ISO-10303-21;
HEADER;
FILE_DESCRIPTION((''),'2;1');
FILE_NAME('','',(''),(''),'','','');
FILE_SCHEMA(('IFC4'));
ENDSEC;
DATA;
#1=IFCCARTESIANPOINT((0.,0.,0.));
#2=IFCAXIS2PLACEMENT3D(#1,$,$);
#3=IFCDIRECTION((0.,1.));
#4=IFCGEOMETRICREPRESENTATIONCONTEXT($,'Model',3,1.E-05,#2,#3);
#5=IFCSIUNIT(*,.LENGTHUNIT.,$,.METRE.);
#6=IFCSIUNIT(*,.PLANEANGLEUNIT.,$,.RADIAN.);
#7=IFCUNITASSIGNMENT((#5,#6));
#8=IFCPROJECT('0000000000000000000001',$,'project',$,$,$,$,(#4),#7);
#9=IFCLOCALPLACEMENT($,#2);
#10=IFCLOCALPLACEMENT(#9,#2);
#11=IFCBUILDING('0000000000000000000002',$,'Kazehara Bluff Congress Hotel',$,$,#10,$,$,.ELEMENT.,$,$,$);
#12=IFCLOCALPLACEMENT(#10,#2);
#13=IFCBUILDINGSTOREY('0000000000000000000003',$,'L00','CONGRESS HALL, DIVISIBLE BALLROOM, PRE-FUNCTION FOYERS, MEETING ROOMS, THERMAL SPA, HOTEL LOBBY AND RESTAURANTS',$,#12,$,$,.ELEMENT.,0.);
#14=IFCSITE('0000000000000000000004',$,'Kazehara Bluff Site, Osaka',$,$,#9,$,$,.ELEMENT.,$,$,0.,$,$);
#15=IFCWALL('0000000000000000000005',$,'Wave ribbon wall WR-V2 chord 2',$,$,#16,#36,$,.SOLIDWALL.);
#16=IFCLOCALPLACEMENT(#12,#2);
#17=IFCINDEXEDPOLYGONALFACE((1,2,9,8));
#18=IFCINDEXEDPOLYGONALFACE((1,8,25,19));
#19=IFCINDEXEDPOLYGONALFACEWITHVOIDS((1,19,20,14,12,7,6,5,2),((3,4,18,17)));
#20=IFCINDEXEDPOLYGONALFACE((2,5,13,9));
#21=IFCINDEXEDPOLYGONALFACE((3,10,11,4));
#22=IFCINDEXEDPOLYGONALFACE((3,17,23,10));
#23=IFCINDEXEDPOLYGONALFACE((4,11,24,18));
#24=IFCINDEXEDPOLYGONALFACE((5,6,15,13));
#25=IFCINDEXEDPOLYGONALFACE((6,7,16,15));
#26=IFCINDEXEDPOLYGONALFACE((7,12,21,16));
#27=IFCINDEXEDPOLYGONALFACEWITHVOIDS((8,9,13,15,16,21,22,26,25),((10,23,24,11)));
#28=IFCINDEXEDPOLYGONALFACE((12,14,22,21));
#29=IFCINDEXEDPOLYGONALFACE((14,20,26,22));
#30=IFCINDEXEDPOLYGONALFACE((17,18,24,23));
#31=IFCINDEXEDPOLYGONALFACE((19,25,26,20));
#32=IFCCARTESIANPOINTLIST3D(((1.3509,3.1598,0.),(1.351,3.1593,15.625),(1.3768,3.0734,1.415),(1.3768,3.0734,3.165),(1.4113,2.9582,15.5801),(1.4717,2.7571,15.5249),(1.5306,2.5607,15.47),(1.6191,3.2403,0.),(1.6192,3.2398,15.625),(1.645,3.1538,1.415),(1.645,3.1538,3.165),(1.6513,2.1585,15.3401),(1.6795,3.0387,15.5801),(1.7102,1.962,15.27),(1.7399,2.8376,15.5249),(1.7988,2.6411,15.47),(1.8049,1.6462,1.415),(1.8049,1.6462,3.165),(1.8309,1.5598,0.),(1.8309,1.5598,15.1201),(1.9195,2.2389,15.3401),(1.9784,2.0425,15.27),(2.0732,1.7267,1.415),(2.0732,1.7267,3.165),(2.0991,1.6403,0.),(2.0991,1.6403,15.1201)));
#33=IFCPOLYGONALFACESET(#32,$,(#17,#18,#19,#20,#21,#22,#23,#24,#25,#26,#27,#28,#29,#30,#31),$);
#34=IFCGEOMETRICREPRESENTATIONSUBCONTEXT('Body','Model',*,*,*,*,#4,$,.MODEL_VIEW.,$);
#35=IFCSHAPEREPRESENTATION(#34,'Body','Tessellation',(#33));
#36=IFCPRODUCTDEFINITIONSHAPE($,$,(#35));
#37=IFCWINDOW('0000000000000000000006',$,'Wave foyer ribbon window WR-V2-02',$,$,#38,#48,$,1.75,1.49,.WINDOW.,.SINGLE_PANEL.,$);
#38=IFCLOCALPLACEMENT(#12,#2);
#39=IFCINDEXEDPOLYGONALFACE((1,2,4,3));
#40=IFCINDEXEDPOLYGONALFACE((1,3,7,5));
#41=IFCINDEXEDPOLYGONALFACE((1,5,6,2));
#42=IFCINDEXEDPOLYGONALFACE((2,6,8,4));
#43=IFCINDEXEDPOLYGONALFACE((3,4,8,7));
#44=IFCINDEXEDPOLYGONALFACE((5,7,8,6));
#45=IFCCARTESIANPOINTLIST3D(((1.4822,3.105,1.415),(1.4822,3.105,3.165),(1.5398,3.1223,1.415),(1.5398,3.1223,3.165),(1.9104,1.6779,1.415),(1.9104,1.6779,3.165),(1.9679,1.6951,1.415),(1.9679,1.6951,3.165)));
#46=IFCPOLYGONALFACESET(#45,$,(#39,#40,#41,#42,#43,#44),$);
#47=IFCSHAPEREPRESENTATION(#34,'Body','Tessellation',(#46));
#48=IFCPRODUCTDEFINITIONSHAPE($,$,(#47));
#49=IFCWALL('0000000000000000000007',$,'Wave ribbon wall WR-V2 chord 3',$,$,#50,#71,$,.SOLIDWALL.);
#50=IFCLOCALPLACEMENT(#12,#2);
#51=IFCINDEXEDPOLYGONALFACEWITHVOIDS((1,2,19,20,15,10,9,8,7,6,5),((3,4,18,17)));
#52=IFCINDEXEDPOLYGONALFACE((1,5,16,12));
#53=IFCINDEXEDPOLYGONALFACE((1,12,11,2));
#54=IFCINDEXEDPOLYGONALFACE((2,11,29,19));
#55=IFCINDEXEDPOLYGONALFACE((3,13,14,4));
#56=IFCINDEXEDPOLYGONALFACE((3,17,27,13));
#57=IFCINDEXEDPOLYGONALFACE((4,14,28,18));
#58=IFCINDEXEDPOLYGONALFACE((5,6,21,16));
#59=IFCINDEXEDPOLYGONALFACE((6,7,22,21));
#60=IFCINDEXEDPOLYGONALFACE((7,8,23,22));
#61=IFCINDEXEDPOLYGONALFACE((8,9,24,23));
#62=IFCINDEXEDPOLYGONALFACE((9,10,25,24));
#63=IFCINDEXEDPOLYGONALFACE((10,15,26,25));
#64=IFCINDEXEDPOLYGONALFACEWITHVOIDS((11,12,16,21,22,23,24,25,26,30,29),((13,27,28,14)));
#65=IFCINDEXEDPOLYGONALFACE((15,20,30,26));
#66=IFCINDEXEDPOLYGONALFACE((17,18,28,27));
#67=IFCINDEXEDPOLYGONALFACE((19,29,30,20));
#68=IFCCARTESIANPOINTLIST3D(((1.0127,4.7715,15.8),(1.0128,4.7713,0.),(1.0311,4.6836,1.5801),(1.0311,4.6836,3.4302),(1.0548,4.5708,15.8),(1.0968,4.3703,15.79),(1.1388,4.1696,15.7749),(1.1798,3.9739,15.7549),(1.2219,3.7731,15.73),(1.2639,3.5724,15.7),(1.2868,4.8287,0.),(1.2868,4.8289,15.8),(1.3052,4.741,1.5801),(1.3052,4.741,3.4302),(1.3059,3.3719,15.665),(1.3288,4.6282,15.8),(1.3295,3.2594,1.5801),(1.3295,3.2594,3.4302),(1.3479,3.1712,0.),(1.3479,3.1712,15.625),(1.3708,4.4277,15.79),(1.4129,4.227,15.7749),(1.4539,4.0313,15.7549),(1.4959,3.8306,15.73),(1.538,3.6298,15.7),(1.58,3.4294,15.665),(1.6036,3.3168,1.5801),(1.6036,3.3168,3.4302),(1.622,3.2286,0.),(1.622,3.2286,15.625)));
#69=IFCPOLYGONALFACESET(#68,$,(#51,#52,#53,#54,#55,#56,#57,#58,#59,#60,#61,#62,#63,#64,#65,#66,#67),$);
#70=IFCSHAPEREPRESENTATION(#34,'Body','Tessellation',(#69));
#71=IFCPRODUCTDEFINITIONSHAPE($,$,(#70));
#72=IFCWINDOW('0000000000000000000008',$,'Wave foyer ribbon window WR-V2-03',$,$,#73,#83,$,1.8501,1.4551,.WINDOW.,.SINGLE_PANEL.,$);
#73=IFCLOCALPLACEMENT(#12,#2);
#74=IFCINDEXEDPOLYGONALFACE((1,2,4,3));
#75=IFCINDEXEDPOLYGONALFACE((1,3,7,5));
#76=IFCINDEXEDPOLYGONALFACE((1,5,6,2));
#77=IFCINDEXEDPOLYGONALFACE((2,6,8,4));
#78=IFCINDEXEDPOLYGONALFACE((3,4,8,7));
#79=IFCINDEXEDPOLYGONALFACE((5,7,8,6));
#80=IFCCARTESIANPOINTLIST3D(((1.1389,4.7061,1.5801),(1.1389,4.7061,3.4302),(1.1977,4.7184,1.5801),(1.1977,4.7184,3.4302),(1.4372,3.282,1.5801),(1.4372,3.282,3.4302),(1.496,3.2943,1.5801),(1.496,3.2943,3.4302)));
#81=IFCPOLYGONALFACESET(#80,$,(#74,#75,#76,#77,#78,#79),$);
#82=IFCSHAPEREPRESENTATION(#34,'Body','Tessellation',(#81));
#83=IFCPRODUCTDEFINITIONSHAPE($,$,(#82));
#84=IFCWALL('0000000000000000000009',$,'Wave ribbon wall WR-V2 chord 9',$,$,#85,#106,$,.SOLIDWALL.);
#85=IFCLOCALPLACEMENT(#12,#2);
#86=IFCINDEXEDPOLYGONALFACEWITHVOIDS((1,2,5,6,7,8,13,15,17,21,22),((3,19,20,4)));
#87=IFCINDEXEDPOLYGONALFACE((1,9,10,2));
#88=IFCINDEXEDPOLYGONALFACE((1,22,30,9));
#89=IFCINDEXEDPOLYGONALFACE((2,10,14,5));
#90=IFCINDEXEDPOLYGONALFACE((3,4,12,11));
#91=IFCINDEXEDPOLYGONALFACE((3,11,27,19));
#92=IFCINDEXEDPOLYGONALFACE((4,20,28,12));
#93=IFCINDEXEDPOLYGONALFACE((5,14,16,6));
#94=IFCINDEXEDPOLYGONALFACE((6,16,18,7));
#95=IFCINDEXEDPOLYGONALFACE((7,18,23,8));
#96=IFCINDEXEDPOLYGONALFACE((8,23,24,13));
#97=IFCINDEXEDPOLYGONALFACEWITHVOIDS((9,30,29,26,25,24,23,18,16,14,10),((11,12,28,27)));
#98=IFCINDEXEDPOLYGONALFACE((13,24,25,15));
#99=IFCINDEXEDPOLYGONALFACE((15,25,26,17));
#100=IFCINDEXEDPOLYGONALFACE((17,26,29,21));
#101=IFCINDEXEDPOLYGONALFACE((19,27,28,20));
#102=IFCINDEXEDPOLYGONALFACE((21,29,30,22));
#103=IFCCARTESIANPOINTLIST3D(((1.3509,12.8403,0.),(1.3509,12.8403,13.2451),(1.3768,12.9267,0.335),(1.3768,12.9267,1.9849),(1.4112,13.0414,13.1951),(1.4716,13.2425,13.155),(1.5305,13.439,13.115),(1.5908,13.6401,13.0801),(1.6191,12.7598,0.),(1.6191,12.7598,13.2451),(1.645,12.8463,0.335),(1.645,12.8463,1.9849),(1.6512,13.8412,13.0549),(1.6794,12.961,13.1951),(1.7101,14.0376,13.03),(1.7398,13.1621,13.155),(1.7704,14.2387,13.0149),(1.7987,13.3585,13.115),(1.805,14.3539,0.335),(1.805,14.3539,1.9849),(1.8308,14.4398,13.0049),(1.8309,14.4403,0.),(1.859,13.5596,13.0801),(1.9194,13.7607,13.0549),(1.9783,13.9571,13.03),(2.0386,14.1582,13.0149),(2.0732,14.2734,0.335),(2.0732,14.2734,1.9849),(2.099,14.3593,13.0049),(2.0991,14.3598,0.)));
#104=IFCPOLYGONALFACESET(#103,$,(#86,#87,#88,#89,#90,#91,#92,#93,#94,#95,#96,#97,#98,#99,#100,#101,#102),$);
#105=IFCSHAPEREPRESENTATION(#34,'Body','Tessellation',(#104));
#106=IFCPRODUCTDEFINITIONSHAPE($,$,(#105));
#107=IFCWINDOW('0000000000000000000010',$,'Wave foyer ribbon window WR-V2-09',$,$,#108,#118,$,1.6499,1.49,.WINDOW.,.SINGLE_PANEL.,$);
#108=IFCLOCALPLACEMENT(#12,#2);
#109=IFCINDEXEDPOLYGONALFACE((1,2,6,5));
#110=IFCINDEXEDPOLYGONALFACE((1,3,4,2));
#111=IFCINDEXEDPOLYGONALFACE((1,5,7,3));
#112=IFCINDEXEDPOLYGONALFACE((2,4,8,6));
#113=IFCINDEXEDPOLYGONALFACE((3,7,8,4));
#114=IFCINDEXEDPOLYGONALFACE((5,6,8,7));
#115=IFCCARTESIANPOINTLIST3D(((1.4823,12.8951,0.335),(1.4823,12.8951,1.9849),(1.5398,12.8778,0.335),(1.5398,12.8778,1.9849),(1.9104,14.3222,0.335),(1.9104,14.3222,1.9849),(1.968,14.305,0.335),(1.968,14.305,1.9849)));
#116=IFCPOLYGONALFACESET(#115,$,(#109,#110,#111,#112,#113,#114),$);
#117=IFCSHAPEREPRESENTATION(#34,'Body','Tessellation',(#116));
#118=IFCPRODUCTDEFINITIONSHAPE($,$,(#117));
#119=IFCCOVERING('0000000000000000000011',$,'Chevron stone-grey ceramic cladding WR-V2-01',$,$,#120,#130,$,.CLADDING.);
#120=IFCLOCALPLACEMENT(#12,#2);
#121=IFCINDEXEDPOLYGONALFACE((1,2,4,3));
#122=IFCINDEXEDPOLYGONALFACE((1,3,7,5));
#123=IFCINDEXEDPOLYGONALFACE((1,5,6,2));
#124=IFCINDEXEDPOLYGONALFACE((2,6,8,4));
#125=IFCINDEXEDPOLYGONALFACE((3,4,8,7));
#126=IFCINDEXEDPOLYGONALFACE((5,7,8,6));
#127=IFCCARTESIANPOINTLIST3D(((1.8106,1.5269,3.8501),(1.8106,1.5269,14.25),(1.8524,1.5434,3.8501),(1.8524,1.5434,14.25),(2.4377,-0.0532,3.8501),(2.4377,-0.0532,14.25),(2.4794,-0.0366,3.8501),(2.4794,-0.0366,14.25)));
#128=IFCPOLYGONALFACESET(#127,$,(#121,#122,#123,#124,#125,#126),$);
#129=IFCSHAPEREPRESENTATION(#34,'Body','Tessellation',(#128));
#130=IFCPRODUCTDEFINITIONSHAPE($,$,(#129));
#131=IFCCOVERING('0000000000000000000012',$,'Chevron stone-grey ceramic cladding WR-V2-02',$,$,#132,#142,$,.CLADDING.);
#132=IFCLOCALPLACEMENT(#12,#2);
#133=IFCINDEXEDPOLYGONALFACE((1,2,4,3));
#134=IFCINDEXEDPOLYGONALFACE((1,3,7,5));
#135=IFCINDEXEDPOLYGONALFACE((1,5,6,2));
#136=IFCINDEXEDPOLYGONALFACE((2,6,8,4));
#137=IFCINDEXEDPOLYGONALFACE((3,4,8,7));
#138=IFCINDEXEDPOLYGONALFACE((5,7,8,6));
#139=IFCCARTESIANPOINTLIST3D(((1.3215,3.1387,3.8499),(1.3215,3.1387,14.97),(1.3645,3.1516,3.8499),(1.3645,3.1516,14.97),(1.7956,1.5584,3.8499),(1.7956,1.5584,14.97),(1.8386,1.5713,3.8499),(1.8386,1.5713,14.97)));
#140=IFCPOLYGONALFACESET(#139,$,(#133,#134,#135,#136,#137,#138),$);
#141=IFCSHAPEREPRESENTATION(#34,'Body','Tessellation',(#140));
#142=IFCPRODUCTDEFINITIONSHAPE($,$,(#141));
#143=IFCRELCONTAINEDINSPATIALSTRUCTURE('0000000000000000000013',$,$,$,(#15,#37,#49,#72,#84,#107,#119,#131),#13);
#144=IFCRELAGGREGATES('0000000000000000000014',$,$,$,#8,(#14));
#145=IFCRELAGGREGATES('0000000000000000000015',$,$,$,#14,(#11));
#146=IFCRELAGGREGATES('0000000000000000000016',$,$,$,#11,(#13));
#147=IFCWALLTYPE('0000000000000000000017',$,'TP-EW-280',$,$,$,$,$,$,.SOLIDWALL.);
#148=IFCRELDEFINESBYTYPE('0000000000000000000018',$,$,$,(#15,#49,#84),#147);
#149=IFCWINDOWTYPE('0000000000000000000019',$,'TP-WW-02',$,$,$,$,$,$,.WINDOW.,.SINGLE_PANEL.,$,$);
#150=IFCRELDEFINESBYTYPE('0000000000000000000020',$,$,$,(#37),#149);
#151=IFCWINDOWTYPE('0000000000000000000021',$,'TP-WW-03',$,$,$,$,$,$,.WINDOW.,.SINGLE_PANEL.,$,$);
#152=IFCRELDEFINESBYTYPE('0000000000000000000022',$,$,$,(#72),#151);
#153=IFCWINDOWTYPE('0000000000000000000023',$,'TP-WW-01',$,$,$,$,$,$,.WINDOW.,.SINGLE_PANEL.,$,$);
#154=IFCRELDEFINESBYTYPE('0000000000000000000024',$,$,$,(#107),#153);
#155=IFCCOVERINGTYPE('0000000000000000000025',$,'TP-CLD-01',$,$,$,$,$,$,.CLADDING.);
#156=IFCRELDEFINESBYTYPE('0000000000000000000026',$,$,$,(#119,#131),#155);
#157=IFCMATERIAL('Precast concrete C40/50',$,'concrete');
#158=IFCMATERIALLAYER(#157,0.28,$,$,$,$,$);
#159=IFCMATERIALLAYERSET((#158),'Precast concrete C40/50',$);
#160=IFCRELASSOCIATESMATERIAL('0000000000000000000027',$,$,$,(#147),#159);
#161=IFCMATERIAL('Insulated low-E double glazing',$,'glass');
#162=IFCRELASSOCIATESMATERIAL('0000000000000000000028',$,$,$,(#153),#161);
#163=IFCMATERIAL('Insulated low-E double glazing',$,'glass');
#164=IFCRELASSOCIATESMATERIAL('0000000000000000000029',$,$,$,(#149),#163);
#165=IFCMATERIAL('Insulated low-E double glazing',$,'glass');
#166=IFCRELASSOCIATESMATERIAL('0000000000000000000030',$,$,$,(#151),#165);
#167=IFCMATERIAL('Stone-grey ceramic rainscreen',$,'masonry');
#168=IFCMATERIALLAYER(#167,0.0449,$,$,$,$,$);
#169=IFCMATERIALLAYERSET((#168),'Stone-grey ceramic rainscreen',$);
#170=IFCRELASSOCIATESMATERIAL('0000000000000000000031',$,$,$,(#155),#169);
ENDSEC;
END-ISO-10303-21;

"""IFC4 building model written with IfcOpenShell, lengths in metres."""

from ifc_helpers import new_model, si_unit, direction, frame, frame_2d, origin, origin_2d, place, context, subcontext, project, spatial, polyline, rectangle, outline, extrude, material, layer, layer_set, type_object, element, fill, save


model = new_model("IFC4")

# Units and contexts
model_context = context("Model", 3, precision=1e-05, world=origin(), true_north=direction((0.0, 1.0)))
body_context = subcontext(model_context, "Body", "Model", "MODEL_VIEW")
ifc_project = project(units=[si_unit("LENGTHUNIT", "METRE"), si_unit("PLANEANGLEUNIT", "RADIAN")], contexts=[model_context])

# Site, building, storey
site_placement = place(None, origin())
site = spatial("IfcSite", under=ifc_project, at=site_placement, Name="Kazehara Bluff Site, Osaka", CompositionType="ELEMENT", RefElevation=0.0)
building_placement = place(site_placement, origin())
building = spatial("IfcBuilding", under=site, at=building_placement, Name="Kazehara Bluff Congress Hotel", CompositionType="ELEMENT")
storey_placement = place(building_placement, origin())
storey = spatial("IfcBuildingStorey", under=building, at=storey_placement, Name="L00", Description="CONGRESS HALL, DIVISIBLE BALLROOM, PRE-FUNCTION FOYERS, MEETING ROOMS, THERMAL SPA, HOTEL LOBBY AND RESTAURANTS", CompositionType="ELEMENT", Elevation=0.0)

# Walls, openings, windows
ifc_material_1 = material(Name="Precast concrete C40/50", Category="concrete")
ifc_layer_1 = layer(ifc_material_1, 0.28)
ifc_layer_set_1 = layer_set([ifc_layer_1], Name="Precast concrete C40/50")
wall_type_1 = type_object("IfcWallType", Name="TP-EW-280", PredefinedType="SOLIDWALL", material=ifc_layer_set_1)
ifc_material_2 = material(Name="Insulated low-E double glazing", Category="glass")
window_type_1 = type_object("IfcWindowType", Name="TP-WW-01", PartitioningType="SINGLE_PANEL", PredefinedType="WINDOW", material=ifc_material_2)
wall_1_placement = place(storey_placement, frame((1.9651, 1.6001, 0.0), z_axis=(0.0, 0.0, 1.0), x_axis=(-0.287361, 0.957822, 0.0)))
wall_1 = element("IfcWall", 1, at=wall_1_placement, inside=storey, type_object=wall_type_1, Name="Wave ribbon wall WR-V2 chord 2", PredefinedType="SOLIDWALL", context=body_context, shape_type="SweptSolid", body=[
    extrude(outline(polyline([(0.0, 0.0), (1.6704, 0.0), (1.6699, 15.625), (1.46, 15.5801), (1.25, 15.5249), (1.0449, 15.47), (0.835, 15.405), (0.625, 15.3401), (0.4199, 15.27), (0.21, 15.1951), (0.0, 15.1201), (0.0, 0.0)])), frame((0.0, 0.1401, 0.0), z_axis=(0.0, -1.0, 0.0), x_axis=(1.0, 0.0, 0.0)), (0.0, 0.0, 1.0), 0.28),
])
opening_1_placement = place(wall_1_placement, frame((0.0901, 0.0, 1.415)))
opening_1 = element("IfcOpeningElement", 2, at=opening_1_placement, cuts=wall_1, PredefinedType="OPENING", context=body_context, shape_type="SweptSolid", body=[
    extrude(rectangle(XDim=1.49, YDim=1.75, at=frame_2d((0.7451, 0.875))), frame((0.0, 0.1499, 0.0), z_axis=(0.0, -1.0, 0.0), x_axis=(1.0, 0.0, 0.0)), (0.0, 0.0, 1.0), 0.3),
])
ifc_material_3 = material(Name="Insulated low-E double glazing", Category="glass")
window_type_2 = type_object("IfcWindowType", Name="TP-WW-02", PartitioningType="SINGLE_PANEL", PredefinedType="WINDOW", material=ifc_material_3)
window_1_placement = place(opening_1_placement, origin())
window_1 = element("IfcWindow", 3, at=window_1_placement, inside=storey, type_object=window_type_2, Name="Wave foyer ribbon window WR-V2-02", OverallHeight=1.75, OverallWidth=1.49, PartitioningType="SINGLE_PANEL", PredefinedType="WINDOW", context=body_context, shape_type="SweptSolid", body=[
    extrude(rectangle(XDim=1.49, YDim=1.75, at=frame_2d((0.7451, 0.875))), frame((0.0, 0.03, 0.0), z_axis=(0.0, -1.0, 0.0), x_axis=(1.0, 0.0, 0.0)), (0.0, 0.0, 1.0), 0.0601),
])
fill(opening_1, window_1)
wall_2_placement = place(storey_placement, frame((1.4851, 3.2, 0.0), z_axis=(0.0, 0.0, 1.0), x_axis=(-0.205039, 0.978754, 0.0)))
wall_2 = element("IfcWall", 4, at=wall_2_placement, inside=storey, type_object=wall_type_1, Name="Wave ribbon wall WR-V2 chord 3", PredefinedType="SOLIDWALL", context=body_context, shape_type="SweptSolid", body=[
    extrude(outline(polyline([(0.0, 0.0), (1.6348, 0.0), (1.635, 15.8), (1.4299, 15.8), (1.2251, 15.79), (1.02, 15.7749), (0.8201, 15.7549), (0.615, 15.73), (0.4099, 15.7), (0.2051, 15.665), (0.0, 15.625), (0.0, 0.0)])), frame((0.0, 0.1401, 0.0), z_axis=(0.0, -1.0, 0.0), x_axis=(1.0, 0.0, 0.0)), (0.0, 0.0, 1.0), 0.28),
])
opening_2_placement = place(wall_2_placement, frame((0.0901, 0.0, 1.5801)))
opening_2 = element("IfcOpeningElement", 5, at=opening_2_placement, cuts=wall_2, PredefinedType="OPENING", context=body_context, shape_type="SweptSolid", body=[
    extrude(rectangle(XDim=1.4551, YDim=1.8501, at=frame_2d((0.7275, 0.925))), frame((0.0, 0.1499, 0.0), z_axis=(0.0, -1.0, 0.0), x_axis=(1.0, 0.0, 0.0)), (0.0, 0.0, 1.0), 0.3),
])
ifc_material_4 = material(Name="Insulated low-E double glazing", Category="glass")
window_type_3 = type_object("IfcWindowType", Name="TP-WW-03", PartitioningType="SINGLE_PANEL", PredefinedType="WINDOW", material=ifc_material_4)
window_2_placement = place(opening_2_placement, origin())
window_2 = element("IfcWindow", 6, at=window_2_placement, inside=storey, type_object=window_type_3, Name="Wave foyer ribbon window WR-V2-03", OverallHeight=1.8501, OverallWidth=1.4551, PartitioningType="SINGLE_PANEL", PredefinedType="WINDOW", context=body_context, shape_type="SweptSolid", body=[
    extrude(rectangle(XDim=1.4551, YDim=1.8501, at=frame_2d((0.7275, 0.925))), frame((0.0, 0.03, 0.0), z_axis=(0.0, -1.0, 0.0), x_axis=(1.0, 0.0, 0.0)), (0.0, 0.0, 1.0), 0.0601),
])
fill(opening_2, window_2)
wall_3_placement = place(storey_placement, frame((1.4851, 12.8, 0.0), z_axis=(0.0, 0.0, 1.0), x_axis=(0.287361, 0.957822, 0.0)))
wall_3 = element("IfcWall", 7, at=wall_3_placement, inside=storey, type_object=wall_type_1, Name="Wave ribbon wall WR-V2 chord 9", PredefinedType="SOLIDWALL", context=body_context, shape_type="SweptSolid", body=[
    extrude(outline(polyline([(0.0, 0.0), (1.6704, 0.0), (1.6699, 13.0049), (1.46, 13.0149), (1.25, 13.03), (1.0449, 13.0549), (0.835, 13.0801), (0.625, 13.115), (0.4199, 13.155), (0.21, 13.1951), (0.0, 13.2451), (0.0, 0.0)])), frame((0.0, 0.1401, 0.0), z_axis=(0.0, -1.0, 0.0), x_axis=(1.0, 0.0, 0.0)), (0.0, 0.0, 1.0), 0.28),
])
opening_3_placement = place(wall_3_placement, frame((0.0901, 0.0, 0.335)))
opening_3 = element("IfcOpeningElement", 8, at=opening_3_placement, cuts=wall_3, PredefinedType="OPENING", context=body_context, shape_type="SweptSolid", body=[
    extrude(rectangle(XDim=1.49, YDim=1.6499, at=frame_2d((0.7451, 0.825))), frame((0.0, 0.1499, 0.0), z_axis=(0.0, -1.0, 0.0), x_axis=(1.0, 0.0, 0.0)), (0.0, 0.0, 1.0), 0.3),
])
window_3_placement = place(opening_3_placement, origin())
window_3 = element("IfcWindow", 9, at=window_3_placement, inside=storey, type_object=window_type_1, Name="Wave foyer ribbon window WR-V2-09", OverallHeight=1.6499, OverallWidth=1.49, PartitioningType="SINGLE_PANEL", PredefinedType="WINDOW", context=body_context, shape_type="SweptSolid", body=[
    extrude(rectangle(XDim=1.49, YDim=1.6499, at=frame_2d((0.7451, 0.825))), frame((0.0, 0.03, 0.0), z_axis=(0.0, -1.0, 0.0), x_axis=(1.0, 0.0, 0.0)), (0.0, 0.0, 1.0), 0.0601),
])
fill(opening_3, window_3)

# Coverings
ifc_material_5 = material(Name="Stone-grey ceramic rainscreen", Category="masonry")
ifc_layer_2 = layer(ifc_material_5, 0.0449)
ifc_layer_set_2 = layer_set([ifc_layer_2], Name="Stone-grey ceramic rainscreen")
covering_type_1 = type_object("IfcCoveringType", Name="TP-CLD-01", PredefinedType="CLADDING", material=ifc_layer_set_2)
covering_1_placement = place(storey_placement, frame((2.145, 0.7451, 3.8501), z_axis=(0.0, 0.0, 1.0), x_axis=(-0.368886, 0.929475, 0.0)))
element("IfcCovering", 10, at=covering_1_placement, inside=storey, type_object=covering_type_1, Name="Chevron stone-grey ceramic cladding WR-V2-01", PredefinedType="CLADDING", context=body_context, shape_type="SweptSolid", body=[
    extrude(rectangle(XDim=1.7, YDim=0.0449, at=origin_2d()), origin(), (0.0, 0.0, 1.0), 10.3999),
])
covering_2_placement = place(storey_placement, frame((1.5801, 2.355, 3.8499), z_axis=(0.0, 0.0, 1.0), x_axis=(-0.287347, 0.957827, 0.0)))
element("IfcCovering", 11, at=covering_2_placement, inside=storey, type_object=covering_type_1, Name="Chevron stone-grey ceramic cladding WR-V2-02", PredefinedType="CLADDING", context=body_context, shape_type="SweptSolid", body=[
    extrude(rectangle(XDim=1.6499, YDim=0.0449, at=origin_2d()), origin(), (0.0, 0.0, 1.0), 11.1201),
])

save(model, "model.ifc")
